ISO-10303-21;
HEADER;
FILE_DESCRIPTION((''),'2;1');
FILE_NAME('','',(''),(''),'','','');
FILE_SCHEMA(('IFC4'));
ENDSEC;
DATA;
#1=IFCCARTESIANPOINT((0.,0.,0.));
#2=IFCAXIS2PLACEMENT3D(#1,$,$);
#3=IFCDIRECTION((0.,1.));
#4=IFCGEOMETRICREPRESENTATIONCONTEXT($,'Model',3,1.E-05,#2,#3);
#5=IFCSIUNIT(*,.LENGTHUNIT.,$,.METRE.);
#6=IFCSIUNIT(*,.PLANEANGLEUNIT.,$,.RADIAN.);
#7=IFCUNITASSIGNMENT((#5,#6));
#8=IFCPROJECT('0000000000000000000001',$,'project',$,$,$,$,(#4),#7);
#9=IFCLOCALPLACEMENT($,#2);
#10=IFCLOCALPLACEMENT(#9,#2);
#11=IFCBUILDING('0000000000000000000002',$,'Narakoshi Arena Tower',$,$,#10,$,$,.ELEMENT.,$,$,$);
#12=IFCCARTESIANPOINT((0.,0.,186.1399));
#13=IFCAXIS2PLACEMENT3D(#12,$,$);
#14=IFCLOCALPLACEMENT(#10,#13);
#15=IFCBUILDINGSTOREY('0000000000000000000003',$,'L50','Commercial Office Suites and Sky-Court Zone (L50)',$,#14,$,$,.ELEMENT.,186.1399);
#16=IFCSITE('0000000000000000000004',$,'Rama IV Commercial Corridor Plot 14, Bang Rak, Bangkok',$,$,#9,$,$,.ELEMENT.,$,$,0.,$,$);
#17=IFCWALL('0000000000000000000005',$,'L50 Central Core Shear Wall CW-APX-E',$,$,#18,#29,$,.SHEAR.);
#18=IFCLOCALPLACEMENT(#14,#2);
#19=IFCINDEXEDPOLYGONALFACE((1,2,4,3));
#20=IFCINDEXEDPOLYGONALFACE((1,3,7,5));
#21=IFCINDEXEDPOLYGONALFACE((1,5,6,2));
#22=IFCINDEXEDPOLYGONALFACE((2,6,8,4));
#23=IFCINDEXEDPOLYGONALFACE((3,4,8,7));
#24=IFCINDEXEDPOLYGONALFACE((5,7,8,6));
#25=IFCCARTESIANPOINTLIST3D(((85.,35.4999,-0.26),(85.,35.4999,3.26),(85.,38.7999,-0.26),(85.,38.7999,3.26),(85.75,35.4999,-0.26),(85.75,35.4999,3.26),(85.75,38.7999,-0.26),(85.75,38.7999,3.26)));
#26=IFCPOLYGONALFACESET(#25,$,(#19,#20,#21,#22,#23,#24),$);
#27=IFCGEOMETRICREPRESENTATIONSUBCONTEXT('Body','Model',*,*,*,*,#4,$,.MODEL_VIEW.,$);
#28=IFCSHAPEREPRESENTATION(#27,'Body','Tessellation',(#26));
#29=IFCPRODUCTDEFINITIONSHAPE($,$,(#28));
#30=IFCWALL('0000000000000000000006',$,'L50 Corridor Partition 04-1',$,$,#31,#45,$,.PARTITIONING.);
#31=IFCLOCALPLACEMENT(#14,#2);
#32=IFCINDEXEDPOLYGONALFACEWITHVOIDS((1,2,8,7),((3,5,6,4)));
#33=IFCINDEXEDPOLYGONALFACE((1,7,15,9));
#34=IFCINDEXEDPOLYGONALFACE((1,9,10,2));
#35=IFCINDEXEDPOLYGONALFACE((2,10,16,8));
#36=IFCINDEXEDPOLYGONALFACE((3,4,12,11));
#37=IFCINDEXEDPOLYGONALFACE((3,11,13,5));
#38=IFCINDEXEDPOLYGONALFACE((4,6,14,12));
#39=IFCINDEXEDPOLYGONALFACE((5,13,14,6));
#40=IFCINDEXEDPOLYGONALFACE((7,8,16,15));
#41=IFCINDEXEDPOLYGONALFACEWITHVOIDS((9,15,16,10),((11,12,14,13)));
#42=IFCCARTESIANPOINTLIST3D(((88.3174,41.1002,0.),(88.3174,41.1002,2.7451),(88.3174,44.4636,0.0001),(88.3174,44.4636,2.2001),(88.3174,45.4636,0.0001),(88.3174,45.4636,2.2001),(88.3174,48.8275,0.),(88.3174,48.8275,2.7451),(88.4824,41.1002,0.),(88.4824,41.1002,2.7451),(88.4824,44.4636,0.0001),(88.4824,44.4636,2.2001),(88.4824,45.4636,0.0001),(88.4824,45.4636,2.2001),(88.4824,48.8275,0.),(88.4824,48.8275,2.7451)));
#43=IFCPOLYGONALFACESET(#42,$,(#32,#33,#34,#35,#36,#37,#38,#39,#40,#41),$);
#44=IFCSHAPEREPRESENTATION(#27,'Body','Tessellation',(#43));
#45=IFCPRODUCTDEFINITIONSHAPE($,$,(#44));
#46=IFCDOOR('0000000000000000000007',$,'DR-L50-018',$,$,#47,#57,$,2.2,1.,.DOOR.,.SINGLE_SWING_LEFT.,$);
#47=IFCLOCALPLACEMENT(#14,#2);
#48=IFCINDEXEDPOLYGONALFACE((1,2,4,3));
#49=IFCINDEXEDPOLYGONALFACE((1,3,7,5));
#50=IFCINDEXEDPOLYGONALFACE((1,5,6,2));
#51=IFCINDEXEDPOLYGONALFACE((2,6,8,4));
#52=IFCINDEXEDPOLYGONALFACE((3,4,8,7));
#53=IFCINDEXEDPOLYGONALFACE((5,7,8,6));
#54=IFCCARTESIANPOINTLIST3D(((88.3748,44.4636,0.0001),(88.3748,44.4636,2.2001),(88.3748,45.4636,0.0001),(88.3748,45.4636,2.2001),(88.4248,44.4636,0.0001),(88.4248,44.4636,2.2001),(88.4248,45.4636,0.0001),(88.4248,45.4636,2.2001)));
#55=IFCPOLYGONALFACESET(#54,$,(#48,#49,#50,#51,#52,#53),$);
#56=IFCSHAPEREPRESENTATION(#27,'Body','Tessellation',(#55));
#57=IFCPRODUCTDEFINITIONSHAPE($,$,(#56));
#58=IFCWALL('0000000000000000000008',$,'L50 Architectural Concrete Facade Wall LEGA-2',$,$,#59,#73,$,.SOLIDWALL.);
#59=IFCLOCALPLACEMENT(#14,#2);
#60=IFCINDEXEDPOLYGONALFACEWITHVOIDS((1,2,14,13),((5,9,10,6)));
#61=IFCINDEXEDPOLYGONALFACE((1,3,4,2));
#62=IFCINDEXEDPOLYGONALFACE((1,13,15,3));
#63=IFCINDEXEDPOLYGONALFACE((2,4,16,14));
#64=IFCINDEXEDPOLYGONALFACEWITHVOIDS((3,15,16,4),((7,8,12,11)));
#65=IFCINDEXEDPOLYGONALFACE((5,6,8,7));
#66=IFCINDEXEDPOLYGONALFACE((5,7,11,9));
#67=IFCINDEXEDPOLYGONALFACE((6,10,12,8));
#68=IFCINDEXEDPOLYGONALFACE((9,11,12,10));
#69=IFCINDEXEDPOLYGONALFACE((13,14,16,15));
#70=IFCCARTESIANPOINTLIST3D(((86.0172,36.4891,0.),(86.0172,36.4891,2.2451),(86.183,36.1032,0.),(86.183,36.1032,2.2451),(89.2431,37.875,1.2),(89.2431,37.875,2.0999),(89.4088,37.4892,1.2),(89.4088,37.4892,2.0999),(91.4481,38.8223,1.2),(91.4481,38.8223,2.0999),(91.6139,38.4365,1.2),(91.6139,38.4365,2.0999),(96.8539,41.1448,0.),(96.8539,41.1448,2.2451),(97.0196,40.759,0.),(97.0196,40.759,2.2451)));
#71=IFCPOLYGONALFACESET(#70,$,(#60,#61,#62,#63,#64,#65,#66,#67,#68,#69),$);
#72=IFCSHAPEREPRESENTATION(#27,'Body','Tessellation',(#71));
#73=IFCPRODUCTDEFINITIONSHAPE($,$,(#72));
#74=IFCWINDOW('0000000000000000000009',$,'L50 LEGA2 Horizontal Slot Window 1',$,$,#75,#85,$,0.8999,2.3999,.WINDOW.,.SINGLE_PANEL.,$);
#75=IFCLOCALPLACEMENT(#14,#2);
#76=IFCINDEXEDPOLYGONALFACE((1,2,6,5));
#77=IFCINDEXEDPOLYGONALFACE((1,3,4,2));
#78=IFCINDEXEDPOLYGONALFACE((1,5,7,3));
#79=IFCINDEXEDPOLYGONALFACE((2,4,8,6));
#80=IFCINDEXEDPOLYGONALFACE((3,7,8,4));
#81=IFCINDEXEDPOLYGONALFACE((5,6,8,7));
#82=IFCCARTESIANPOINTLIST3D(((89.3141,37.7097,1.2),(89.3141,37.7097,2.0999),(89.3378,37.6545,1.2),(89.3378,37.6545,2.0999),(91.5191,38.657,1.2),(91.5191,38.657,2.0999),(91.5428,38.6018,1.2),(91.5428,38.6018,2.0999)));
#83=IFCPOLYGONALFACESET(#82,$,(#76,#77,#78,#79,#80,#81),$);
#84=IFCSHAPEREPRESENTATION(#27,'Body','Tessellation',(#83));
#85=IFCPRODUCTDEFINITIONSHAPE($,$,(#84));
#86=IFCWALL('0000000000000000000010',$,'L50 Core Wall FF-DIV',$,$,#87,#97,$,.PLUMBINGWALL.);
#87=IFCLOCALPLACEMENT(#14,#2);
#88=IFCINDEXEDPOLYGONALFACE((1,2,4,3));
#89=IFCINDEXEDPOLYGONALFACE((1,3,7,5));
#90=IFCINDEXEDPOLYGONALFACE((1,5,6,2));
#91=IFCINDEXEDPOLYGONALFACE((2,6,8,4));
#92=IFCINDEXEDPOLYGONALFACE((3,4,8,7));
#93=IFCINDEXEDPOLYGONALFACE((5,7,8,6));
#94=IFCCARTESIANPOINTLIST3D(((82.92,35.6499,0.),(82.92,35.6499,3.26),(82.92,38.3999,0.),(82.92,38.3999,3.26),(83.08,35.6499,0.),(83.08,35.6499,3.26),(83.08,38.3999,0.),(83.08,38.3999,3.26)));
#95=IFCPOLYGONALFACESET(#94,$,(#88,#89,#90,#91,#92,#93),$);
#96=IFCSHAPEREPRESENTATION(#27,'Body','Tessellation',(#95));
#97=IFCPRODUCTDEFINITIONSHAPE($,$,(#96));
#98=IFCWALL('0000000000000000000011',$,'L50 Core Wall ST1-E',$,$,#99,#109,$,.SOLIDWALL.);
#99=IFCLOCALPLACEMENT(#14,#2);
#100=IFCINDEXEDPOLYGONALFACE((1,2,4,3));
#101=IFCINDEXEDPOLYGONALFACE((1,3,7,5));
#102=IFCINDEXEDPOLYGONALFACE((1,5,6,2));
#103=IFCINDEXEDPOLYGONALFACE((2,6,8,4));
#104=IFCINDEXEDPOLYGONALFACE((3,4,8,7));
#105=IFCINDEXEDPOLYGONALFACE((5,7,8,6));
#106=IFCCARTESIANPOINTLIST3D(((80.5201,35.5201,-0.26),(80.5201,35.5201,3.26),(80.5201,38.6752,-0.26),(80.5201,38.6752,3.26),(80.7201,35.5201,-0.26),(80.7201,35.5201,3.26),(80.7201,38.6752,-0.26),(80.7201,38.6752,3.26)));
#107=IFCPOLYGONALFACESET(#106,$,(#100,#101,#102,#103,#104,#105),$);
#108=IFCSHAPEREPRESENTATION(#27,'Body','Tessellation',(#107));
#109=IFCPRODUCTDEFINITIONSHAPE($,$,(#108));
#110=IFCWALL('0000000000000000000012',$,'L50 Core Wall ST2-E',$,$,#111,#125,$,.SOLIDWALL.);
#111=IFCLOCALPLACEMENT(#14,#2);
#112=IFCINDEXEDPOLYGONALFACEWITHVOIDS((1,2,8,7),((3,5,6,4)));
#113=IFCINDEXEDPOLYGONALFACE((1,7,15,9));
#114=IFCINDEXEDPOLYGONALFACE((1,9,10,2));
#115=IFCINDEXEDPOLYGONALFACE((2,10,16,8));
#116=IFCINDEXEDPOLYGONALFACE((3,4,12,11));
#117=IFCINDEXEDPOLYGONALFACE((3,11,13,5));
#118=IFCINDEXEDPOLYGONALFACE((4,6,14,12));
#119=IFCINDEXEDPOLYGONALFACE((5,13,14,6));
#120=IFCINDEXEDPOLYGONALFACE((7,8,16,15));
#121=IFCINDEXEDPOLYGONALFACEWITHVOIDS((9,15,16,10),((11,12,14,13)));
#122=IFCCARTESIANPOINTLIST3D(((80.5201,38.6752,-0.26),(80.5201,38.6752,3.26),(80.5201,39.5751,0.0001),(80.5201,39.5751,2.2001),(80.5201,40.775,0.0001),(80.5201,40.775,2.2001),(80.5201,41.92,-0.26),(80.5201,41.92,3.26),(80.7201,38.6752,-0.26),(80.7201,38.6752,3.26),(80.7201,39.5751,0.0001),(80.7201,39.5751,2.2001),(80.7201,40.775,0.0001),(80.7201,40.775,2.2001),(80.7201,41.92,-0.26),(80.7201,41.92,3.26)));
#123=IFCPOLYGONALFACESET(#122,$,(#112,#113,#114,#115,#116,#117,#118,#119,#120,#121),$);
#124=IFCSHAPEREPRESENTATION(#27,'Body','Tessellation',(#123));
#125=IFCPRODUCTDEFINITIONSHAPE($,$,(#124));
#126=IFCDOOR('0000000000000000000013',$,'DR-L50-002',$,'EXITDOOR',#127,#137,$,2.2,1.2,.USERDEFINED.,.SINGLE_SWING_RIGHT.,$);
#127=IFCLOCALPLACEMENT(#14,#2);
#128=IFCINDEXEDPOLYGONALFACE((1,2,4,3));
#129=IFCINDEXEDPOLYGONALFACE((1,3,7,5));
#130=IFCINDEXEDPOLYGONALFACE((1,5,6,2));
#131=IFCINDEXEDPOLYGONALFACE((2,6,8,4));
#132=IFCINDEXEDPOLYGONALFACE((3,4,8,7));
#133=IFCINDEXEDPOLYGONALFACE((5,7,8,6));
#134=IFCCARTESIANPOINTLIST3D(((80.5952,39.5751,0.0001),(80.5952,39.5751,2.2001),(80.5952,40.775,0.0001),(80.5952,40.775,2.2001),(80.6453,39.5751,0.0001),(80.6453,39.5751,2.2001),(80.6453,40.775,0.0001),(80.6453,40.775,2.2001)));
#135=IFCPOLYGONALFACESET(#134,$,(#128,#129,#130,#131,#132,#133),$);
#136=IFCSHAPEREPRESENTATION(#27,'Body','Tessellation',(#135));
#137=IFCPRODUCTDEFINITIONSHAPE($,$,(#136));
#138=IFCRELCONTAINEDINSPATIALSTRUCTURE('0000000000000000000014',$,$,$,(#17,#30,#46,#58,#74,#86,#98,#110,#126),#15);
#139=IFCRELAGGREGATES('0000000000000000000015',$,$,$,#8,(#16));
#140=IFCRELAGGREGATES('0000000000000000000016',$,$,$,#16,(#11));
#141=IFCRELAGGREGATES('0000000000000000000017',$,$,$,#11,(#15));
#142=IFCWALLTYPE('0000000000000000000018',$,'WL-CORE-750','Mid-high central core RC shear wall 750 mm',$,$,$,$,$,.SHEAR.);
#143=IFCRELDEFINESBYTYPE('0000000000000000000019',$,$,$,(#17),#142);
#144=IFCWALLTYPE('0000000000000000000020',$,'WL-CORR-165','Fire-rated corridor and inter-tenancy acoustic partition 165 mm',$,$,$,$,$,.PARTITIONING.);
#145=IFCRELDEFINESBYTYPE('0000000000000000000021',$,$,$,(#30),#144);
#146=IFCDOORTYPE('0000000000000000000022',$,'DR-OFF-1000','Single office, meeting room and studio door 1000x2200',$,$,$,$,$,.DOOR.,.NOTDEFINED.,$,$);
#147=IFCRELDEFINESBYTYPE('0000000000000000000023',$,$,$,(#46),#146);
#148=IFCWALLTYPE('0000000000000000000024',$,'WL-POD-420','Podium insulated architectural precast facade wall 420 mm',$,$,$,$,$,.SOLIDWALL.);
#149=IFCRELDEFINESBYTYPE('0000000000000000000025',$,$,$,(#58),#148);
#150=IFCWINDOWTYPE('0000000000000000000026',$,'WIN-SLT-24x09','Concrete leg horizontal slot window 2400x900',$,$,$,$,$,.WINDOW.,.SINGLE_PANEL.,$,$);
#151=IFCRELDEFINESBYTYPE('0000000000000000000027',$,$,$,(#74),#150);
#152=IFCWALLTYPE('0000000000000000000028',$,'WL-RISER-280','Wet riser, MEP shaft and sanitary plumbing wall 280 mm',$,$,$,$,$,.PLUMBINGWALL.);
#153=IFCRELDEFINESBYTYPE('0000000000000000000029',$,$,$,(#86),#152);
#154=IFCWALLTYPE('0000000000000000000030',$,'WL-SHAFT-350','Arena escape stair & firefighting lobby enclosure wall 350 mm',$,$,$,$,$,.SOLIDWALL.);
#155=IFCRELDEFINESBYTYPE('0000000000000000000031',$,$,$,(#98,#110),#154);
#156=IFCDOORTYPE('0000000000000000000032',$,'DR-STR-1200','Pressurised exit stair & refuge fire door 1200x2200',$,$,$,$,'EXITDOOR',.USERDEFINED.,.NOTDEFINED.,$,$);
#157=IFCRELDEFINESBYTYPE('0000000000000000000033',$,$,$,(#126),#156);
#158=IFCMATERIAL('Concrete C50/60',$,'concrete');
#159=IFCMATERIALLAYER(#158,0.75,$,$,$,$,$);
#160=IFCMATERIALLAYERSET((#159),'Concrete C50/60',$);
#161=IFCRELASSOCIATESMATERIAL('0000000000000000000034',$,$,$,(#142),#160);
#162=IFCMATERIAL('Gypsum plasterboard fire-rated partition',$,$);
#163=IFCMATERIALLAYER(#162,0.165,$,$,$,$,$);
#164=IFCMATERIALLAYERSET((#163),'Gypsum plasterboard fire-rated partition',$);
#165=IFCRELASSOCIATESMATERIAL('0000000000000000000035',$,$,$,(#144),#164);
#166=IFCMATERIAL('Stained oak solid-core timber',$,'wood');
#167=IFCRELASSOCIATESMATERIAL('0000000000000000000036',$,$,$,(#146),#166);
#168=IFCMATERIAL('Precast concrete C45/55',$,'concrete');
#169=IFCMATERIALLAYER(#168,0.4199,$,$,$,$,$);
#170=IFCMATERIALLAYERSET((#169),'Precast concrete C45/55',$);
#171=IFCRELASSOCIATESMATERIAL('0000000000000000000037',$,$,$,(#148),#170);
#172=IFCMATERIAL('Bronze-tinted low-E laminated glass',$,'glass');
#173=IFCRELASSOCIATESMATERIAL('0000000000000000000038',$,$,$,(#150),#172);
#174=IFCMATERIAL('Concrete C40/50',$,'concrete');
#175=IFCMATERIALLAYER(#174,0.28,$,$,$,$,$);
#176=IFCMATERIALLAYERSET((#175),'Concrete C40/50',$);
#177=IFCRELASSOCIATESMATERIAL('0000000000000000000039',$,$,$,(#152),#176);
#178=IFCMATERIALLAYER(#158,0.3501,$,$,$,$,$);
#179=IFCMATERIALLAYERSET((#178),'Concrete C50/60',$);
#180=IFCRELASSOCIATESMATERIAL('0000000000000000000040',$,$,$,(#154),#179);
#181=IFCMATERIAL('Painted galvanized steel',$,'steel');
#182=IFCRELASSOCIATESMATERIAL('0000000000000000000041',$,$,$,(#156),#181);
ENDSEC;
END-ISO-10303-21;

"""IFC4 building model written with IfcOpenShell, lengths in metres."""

from ifc_helpers import new_model, si_unit, direction, frame, frame_2d, origin, place, context, subcontext, project, spatial, rectangle, extrude, material, layer, layer_set, type_object, element, fill, save


model = new_model("IFC4")

# Units and contexts
model_context = context("Model", 3, precision=1e-05, world=origin(), true_north=direction((0.0, 1.0)))
body_context = subcontext(model_context, "Body", "Model", "MODEL_VIEW")
ifc_project = project(units=[si_unit("LENGTHUNIT", "METRE"), si_unit("PLANEANGLEUNIT", "RADIAN")], contexts=[model_context])

# Site, building, storey
site_placement = place(None, origin())
site = spatial("IfcSite", under=ifc_project, at=site_placement, Name="Rama IV Commercial Corridor Plot 14, Bang Rak, Bangkok", CompositionType="ELEMENT", RefElevation=0.0)
building_placement = place(site_placement, origin())
building = spatial("IfcBuilding", under=site, at=building_placement, Name="Narakoshi Arena Tower", CompositionType="ELEMENT")
storey_placement = place(building_placement, frame((0.0, 0.0, 186.1399)))
storey = spatial("IfcBuildingStorey", under=building, at=storey_placement, Name="L50", Description="Commercial Office Suites and Sky-Court Zone (L50)", CompositionType="ELEMENT", Elevation=186.1399)

# Wall
ifc_material_1 = material(Name="Concrete C50/60", Category="concrete")
ifc_layer_1 = layer(ifc_material_1, 0.75)
ifc_layer_set_1 = layer_set([ifc_layer_1], Name="Concrete C50/60")
wall_type_1 = type_object("IfcWallType", Name="WL-CORE-750", Description="Mid-high central core RC shear wall 750 mm", PredefinedType="SHEAR", material=ifc_layer_set_1)
wall_1_placement = place(storey_placement, frame((85.375, 35.5, -0.26), z_axis=(0.0, 0.0, 1.0), x_axis=(0.0, 1.0, 0.0)))
element("IfcWall", 1, at=wall_1_placement, inside=storey, type_object=wall_type_1, Name="L50 Central Core Shear Wall CW-APX-E", PredefinedType="SHEAR", context=body_context, shape_type="SweptSolid", body=[
    extrude(rectangle(XDim=3.3, YDim=0.75, at=frame_2d((1.6499, 0.0))), origin(), (0.0, 0.0, 1.0), 3.52),
])

# Wall, opening, door
ifc_material_2 = material(Name="Gypsum plasterboard fire-rated partition")
ifc_layer_2 = layer(ifc_material_2, 0.165)
ifc_layer_set_2 = layer_set([ifc_layer_2], Name="Gypsum plasterboard fire-rated partition")
wall_type_2 = type_object("IfcWallType", Name="WL-CORR-165", Description="Fire-rated corridor and inter-tenancy acoustic partition 165 mm", PredefinedType="PARTITIONING", material=ifc_layer_set_2)
wall_2_placement = place(storey_placement, frame((88.3999, 41.1001, 0.0), z_axis=(0.0, 0.0, 1.0), x_axis=(0.0, 1.0, 0.0)))
wall_2 = element("IfcWall", 2, at=wall_2_placement, inside=storey, type_object=wall_type_2, Name="L50 Corridor Partition 04-1", PredefinedType="PARTITIONING", context=body_context, shape_type="SweptSolid", body=[
    extrude(rectangle(XDim=7.7273, YDim=0.165, at=frame_2d((3.8638, 0.0))), origin(), (0.0, 0.0, 1.0), 2.7451),
])
opening_1_placement = place(wall_2_placement, frame((3.3635, 0.0, 0.0)))
opening_1 = element("IfcOpeningElement", 3, at=opening_1_placement, cuts=wall_2, PredefinedType="OPENING", context=body_context, shape_type="SweptSolid", body=[
    extrude(rectangle(XDim=1.0, YDim=2.2, at=frame_2d((0.5, 1.1001))), frame((0.0, 0.0925, 0.0), z_axis=(0.0, -1.0, 0.0), x_axis=(1.0, 0.0, 0.0)), (0.0, 0.0, 1.0), 0.1851),
])
ifc_material_3 = material(Name="Stained oak solid-core timber", Category="wood")
door_type_1 = type_object("IfcDoorType", Name="DR-OFF-1000", Description="Single office, meeting room and studio door 1000x2200", OperationType="NOTDEFINED", PredefinedType="DOOR", material=ifc_material_3)
door_1_placement = place(opening_1_placement, frame((1.0, 0.0, 0.0), z_axis=(0.0, 0.0, 1.0), x_axis=(-1.0, 0.0, 0.0)))
door_1 = element("IfcDoor", 4, at=door_1_placement, inside=storey, type_object=door_type_1, Name="DR-L50-018", OperationType="SINGLE_SWING_LEFT", OverallHeight=2.2, OverallWidth=1.0, PredefinedType="DOOR", context=body_context, shape_type="SweptSolid", body=[
    extrude(rectangle(XDim=1.0, YDim=2.2, at=frame_2d((0.5, 1.1001))), frame((0.0, 0.0249, 0.0), z_axis=(0.0, -1.0, 0.0), x_axis=(1.0, 0.0, 0.0)), (0.0, 0.0, 1.0), 0.05),
])
fill(opening_1, door_1)

# Wall, opening, window
ifc_material_4 = material(Name="Precast concrete C45/55", Category="concrete")
ifc_layer_3 = layer(ifc_material_4, 0.4199)
ifc_layer_set_3 = layer_set([ifc_layer_3], Name="Precast concrete C45/55")
wall_type_3 = type_object("IfcWallType", Name="WL-POD-420", Description="Podium insulated architectural precast facade wall 420 mm", PredefinedType="SOLIDWALL", material=ifc_layer_set_3)
wall_3_placement = place(storey_placement, frame((86.1001, 36.2961, 0.0), z_axis=(0.0, 0.0, 1.0), x_axis=(0.918792, 0.394741, 0.0)))
wall_3 = element("IfcWall", 5, at=wall_3_placement, inside=storey, type_object=wall_type_3, Name="L50 Architectural Concrete Facade Wall LEGA-2", PredefinedType="SOLIDWALL", context=body_context, shape_type="SweptSolid", body=[
    extrude(rectangle(XDim=11.7944, YDim=0.4199, at=frame_2d((5.8972, 0.0))), origin(), (0.0, 0.0, 1.0), 2.2451),
])
opening_2_placement = place(wall_3_placement, frame((3.511, 0.0, 1.2)))
opening_2 = element("IfcOpeningElement", 6, at=opening_2_placement, cuts=wall_3, PredefinedType="OPENING", context=body_context, shape_type="SweptSolid", body=[
    extrude(rectangle(XDim=2.3999, YDim=0.8999, at=frame_2d((1.2, 0.45))), frame((0.0, 0.22, 0.0), z_axis=(0.0, -1.0, 0.0), x_axis=(1.0, 0.0, 0.0)), (0.0, 0.0, 1.0), 0.4399),
])
ifc_material_5 = material(Name="Bronze-tinted low-E laminated glass", Category="glass")
window_type = type_object("IfcWindowType", Name="WIN-SLT-24x09", Description="Concrete leg horizontal slot window 2400x900", PartitioningType="SINGLE_PANEL", PredefinedType="WINDOW", material=ifc_material_5)
window_placement = place(opening_2_placement, origin())
window = element("IfcWindow", 7, at=window_placement, inside=storey, type_object=window_type, Name="L50 LEGA2 Horizontal Slot Window 1", OverallHeight=0.8999, OverallWidth=2.3999, PartitioningType="SINGLE_PANEL", PredefinedType="WINDOW", context=body_context, shape_type="SweptSolid", body=[
    extrude(rectangle(XDim=2.3999, YDim=0.8999, at=frame_2d((1.2, 0.45))), frame((0.0, 0.03, 0.0), z_axis=(0.0, -1.0, 0.0), x_axis=(1.0, 0.0, 0.0)), (0.0, 0.0, 1.0), 0.0601),
])
fill(opening_2, window)

# Walls
ifc_material_6 = material(Name="Concrete C40/50", Category="concrete")
ifc_layer_4 = layer(ifc_material_6, 0.28)
ifc_layer_set_4 = layer_set([ifc_layer_4], Name="Concrete C40/50")
wall_type_4 = type_object("IfcWallType", Name="WL-RISER-280", Description="Wet riser, MEP shaft and sanitary plumbing wall 280 mm", PredefinedType="PLUMBINGWALL", material=ifc_layer_set_4)
wall_4_placement = place(storey_placement, frame((83.0, 35.6499, 0.0), z_axis=(0.0, 0.0, 1.0), x_axis=(0.0, 1.0, 0.0)))
element("IfcWall", 8, at=wall_4_placement, inside=storey, type_object=wall_type_4, Name="L50 Core Wall FF-DIV", PredefinedType="PLUMBINGWALL", context=body_context, shape_type="SweptSolid", body=[
    extrude(rectangle(XDim=2.75, YDim=0.1599, at=frame_2d((1.375, 0.0))), origin(), (0.0, 0.0, 1.0), 3.26),
])
ifc_layer_5 = layer(ifc_material_1, 0.3501)
ifc_layer_set_5 = layer_set([ifc_layer_5], Name="Concrete C50/60")
wall_type_5 = type_object("IfcWallType", Name="WL-SHAFT-350", Description="Arena escape stair & firefighting lobby enclosure wall 350 mm", PredefinedType="SOLIDWALL", material=ifc_layer_set_5)
wall_5_placement = place(storey_placement, frame((80.6201, 35.52, -0.26), z_axis=(0.0, 0.0, 1.0), x_axis=(0.0, 1.0, 0.0)))
element("IfcWall", 9, at=wall_5_placement, inside=storey, type_object=wall_type_5, Name="L50 Core Wall ST1-E", PredefinedType="SOLIDWALL", context=body_context, shape_type="SweptSolid", body=[
    extrude(rectangle(XDim=3.155, YDim=0.2, at=frame_2d((1.5776, 0.0))), origin(), (0.0, 0.0, 1.0), 3.52),
])

# Wall, opening, door
wall_6_placement = place(storey_placement, frame((80.6201, 38.675, -0.26), z_axis=(0.0, 0.0, 1.0), x_axis=(0.0, 1.0, 0.0)))
wall_6 = element("IfcWall", 10, at=wall_6_placement, inside=storey, type_object=wall_type_5, Name="L50 Core Wall ST2-E", PredefinedType="SOLIDWALL", context=body_context, shape_type="SweptSolid", body=[
    extrude(rectangle(XDim=3.2449, YDim=0.2, at=frame_2d((1.6226, 0.0))), origin(), (0.0, 0.0, 1.0), 3.52),
])
opening_3_placement = place(wall_6_placement, frame((0.8999, 0.0, 0.26)))
opening_3 = element("IfcOpeningElement", 11, at=opening_3_placement, cuts=wall_6, PredefinedType="OPENING", context=body_context, shape_type="SweptSolid", body=[
    extrude(rectangle(XDim=1.2, YDim=2.2, at=frame_2d((0.6001, 1.1001))), frame((0.0, 0.1099, 0.0), z_axis=(0.0, -1.0, 0.0), x_axis=(1.0, 0.0, 0.0)), (0.0, 0.0, 1.0), 0.22),
])
ifc_material_7 = material(Name="Painted galvanized steel", Category="steel")
door_type_2 = type_object("IfcDoorType", Name="DR-STR-1200", Description="Pressurised exit stair & refuge fire door 1200x2200", ElementType="EXITDOOR", OperationType="NOTDEFINED", PredefinedType="USERDEFINED", material=ifc_material_7)
door_2_placement = place(opening_3_placement, origin())
door_2 = element("IfcDoor", 12, at=door_2_placement, inside=storey, type_object=door_type_2, Name="DR-L50-002", ObjectType="EXITDOOR", OperationType="SINGLE_SWING_RIGHT", OverallHeight=2.2, OverallWidth=1.2, PredefinedType="USERDEFINED", context=body_context, shape_type="SweptSolid", body=[
    extrude(rectangle(XDim=1.2, YDim=2.2, at=frame_2d((0.6001, 1.1001))), frame((0.0, 0.0249, 0.0), z_axis=(0.0, -1.0, 0.0), x_axis=(1.0, 0.0, 0.0)), (0.0, 0.0, 1.0), 0.05),
])
fill(opening_3, door_2)

save(model, "model.ifc")
